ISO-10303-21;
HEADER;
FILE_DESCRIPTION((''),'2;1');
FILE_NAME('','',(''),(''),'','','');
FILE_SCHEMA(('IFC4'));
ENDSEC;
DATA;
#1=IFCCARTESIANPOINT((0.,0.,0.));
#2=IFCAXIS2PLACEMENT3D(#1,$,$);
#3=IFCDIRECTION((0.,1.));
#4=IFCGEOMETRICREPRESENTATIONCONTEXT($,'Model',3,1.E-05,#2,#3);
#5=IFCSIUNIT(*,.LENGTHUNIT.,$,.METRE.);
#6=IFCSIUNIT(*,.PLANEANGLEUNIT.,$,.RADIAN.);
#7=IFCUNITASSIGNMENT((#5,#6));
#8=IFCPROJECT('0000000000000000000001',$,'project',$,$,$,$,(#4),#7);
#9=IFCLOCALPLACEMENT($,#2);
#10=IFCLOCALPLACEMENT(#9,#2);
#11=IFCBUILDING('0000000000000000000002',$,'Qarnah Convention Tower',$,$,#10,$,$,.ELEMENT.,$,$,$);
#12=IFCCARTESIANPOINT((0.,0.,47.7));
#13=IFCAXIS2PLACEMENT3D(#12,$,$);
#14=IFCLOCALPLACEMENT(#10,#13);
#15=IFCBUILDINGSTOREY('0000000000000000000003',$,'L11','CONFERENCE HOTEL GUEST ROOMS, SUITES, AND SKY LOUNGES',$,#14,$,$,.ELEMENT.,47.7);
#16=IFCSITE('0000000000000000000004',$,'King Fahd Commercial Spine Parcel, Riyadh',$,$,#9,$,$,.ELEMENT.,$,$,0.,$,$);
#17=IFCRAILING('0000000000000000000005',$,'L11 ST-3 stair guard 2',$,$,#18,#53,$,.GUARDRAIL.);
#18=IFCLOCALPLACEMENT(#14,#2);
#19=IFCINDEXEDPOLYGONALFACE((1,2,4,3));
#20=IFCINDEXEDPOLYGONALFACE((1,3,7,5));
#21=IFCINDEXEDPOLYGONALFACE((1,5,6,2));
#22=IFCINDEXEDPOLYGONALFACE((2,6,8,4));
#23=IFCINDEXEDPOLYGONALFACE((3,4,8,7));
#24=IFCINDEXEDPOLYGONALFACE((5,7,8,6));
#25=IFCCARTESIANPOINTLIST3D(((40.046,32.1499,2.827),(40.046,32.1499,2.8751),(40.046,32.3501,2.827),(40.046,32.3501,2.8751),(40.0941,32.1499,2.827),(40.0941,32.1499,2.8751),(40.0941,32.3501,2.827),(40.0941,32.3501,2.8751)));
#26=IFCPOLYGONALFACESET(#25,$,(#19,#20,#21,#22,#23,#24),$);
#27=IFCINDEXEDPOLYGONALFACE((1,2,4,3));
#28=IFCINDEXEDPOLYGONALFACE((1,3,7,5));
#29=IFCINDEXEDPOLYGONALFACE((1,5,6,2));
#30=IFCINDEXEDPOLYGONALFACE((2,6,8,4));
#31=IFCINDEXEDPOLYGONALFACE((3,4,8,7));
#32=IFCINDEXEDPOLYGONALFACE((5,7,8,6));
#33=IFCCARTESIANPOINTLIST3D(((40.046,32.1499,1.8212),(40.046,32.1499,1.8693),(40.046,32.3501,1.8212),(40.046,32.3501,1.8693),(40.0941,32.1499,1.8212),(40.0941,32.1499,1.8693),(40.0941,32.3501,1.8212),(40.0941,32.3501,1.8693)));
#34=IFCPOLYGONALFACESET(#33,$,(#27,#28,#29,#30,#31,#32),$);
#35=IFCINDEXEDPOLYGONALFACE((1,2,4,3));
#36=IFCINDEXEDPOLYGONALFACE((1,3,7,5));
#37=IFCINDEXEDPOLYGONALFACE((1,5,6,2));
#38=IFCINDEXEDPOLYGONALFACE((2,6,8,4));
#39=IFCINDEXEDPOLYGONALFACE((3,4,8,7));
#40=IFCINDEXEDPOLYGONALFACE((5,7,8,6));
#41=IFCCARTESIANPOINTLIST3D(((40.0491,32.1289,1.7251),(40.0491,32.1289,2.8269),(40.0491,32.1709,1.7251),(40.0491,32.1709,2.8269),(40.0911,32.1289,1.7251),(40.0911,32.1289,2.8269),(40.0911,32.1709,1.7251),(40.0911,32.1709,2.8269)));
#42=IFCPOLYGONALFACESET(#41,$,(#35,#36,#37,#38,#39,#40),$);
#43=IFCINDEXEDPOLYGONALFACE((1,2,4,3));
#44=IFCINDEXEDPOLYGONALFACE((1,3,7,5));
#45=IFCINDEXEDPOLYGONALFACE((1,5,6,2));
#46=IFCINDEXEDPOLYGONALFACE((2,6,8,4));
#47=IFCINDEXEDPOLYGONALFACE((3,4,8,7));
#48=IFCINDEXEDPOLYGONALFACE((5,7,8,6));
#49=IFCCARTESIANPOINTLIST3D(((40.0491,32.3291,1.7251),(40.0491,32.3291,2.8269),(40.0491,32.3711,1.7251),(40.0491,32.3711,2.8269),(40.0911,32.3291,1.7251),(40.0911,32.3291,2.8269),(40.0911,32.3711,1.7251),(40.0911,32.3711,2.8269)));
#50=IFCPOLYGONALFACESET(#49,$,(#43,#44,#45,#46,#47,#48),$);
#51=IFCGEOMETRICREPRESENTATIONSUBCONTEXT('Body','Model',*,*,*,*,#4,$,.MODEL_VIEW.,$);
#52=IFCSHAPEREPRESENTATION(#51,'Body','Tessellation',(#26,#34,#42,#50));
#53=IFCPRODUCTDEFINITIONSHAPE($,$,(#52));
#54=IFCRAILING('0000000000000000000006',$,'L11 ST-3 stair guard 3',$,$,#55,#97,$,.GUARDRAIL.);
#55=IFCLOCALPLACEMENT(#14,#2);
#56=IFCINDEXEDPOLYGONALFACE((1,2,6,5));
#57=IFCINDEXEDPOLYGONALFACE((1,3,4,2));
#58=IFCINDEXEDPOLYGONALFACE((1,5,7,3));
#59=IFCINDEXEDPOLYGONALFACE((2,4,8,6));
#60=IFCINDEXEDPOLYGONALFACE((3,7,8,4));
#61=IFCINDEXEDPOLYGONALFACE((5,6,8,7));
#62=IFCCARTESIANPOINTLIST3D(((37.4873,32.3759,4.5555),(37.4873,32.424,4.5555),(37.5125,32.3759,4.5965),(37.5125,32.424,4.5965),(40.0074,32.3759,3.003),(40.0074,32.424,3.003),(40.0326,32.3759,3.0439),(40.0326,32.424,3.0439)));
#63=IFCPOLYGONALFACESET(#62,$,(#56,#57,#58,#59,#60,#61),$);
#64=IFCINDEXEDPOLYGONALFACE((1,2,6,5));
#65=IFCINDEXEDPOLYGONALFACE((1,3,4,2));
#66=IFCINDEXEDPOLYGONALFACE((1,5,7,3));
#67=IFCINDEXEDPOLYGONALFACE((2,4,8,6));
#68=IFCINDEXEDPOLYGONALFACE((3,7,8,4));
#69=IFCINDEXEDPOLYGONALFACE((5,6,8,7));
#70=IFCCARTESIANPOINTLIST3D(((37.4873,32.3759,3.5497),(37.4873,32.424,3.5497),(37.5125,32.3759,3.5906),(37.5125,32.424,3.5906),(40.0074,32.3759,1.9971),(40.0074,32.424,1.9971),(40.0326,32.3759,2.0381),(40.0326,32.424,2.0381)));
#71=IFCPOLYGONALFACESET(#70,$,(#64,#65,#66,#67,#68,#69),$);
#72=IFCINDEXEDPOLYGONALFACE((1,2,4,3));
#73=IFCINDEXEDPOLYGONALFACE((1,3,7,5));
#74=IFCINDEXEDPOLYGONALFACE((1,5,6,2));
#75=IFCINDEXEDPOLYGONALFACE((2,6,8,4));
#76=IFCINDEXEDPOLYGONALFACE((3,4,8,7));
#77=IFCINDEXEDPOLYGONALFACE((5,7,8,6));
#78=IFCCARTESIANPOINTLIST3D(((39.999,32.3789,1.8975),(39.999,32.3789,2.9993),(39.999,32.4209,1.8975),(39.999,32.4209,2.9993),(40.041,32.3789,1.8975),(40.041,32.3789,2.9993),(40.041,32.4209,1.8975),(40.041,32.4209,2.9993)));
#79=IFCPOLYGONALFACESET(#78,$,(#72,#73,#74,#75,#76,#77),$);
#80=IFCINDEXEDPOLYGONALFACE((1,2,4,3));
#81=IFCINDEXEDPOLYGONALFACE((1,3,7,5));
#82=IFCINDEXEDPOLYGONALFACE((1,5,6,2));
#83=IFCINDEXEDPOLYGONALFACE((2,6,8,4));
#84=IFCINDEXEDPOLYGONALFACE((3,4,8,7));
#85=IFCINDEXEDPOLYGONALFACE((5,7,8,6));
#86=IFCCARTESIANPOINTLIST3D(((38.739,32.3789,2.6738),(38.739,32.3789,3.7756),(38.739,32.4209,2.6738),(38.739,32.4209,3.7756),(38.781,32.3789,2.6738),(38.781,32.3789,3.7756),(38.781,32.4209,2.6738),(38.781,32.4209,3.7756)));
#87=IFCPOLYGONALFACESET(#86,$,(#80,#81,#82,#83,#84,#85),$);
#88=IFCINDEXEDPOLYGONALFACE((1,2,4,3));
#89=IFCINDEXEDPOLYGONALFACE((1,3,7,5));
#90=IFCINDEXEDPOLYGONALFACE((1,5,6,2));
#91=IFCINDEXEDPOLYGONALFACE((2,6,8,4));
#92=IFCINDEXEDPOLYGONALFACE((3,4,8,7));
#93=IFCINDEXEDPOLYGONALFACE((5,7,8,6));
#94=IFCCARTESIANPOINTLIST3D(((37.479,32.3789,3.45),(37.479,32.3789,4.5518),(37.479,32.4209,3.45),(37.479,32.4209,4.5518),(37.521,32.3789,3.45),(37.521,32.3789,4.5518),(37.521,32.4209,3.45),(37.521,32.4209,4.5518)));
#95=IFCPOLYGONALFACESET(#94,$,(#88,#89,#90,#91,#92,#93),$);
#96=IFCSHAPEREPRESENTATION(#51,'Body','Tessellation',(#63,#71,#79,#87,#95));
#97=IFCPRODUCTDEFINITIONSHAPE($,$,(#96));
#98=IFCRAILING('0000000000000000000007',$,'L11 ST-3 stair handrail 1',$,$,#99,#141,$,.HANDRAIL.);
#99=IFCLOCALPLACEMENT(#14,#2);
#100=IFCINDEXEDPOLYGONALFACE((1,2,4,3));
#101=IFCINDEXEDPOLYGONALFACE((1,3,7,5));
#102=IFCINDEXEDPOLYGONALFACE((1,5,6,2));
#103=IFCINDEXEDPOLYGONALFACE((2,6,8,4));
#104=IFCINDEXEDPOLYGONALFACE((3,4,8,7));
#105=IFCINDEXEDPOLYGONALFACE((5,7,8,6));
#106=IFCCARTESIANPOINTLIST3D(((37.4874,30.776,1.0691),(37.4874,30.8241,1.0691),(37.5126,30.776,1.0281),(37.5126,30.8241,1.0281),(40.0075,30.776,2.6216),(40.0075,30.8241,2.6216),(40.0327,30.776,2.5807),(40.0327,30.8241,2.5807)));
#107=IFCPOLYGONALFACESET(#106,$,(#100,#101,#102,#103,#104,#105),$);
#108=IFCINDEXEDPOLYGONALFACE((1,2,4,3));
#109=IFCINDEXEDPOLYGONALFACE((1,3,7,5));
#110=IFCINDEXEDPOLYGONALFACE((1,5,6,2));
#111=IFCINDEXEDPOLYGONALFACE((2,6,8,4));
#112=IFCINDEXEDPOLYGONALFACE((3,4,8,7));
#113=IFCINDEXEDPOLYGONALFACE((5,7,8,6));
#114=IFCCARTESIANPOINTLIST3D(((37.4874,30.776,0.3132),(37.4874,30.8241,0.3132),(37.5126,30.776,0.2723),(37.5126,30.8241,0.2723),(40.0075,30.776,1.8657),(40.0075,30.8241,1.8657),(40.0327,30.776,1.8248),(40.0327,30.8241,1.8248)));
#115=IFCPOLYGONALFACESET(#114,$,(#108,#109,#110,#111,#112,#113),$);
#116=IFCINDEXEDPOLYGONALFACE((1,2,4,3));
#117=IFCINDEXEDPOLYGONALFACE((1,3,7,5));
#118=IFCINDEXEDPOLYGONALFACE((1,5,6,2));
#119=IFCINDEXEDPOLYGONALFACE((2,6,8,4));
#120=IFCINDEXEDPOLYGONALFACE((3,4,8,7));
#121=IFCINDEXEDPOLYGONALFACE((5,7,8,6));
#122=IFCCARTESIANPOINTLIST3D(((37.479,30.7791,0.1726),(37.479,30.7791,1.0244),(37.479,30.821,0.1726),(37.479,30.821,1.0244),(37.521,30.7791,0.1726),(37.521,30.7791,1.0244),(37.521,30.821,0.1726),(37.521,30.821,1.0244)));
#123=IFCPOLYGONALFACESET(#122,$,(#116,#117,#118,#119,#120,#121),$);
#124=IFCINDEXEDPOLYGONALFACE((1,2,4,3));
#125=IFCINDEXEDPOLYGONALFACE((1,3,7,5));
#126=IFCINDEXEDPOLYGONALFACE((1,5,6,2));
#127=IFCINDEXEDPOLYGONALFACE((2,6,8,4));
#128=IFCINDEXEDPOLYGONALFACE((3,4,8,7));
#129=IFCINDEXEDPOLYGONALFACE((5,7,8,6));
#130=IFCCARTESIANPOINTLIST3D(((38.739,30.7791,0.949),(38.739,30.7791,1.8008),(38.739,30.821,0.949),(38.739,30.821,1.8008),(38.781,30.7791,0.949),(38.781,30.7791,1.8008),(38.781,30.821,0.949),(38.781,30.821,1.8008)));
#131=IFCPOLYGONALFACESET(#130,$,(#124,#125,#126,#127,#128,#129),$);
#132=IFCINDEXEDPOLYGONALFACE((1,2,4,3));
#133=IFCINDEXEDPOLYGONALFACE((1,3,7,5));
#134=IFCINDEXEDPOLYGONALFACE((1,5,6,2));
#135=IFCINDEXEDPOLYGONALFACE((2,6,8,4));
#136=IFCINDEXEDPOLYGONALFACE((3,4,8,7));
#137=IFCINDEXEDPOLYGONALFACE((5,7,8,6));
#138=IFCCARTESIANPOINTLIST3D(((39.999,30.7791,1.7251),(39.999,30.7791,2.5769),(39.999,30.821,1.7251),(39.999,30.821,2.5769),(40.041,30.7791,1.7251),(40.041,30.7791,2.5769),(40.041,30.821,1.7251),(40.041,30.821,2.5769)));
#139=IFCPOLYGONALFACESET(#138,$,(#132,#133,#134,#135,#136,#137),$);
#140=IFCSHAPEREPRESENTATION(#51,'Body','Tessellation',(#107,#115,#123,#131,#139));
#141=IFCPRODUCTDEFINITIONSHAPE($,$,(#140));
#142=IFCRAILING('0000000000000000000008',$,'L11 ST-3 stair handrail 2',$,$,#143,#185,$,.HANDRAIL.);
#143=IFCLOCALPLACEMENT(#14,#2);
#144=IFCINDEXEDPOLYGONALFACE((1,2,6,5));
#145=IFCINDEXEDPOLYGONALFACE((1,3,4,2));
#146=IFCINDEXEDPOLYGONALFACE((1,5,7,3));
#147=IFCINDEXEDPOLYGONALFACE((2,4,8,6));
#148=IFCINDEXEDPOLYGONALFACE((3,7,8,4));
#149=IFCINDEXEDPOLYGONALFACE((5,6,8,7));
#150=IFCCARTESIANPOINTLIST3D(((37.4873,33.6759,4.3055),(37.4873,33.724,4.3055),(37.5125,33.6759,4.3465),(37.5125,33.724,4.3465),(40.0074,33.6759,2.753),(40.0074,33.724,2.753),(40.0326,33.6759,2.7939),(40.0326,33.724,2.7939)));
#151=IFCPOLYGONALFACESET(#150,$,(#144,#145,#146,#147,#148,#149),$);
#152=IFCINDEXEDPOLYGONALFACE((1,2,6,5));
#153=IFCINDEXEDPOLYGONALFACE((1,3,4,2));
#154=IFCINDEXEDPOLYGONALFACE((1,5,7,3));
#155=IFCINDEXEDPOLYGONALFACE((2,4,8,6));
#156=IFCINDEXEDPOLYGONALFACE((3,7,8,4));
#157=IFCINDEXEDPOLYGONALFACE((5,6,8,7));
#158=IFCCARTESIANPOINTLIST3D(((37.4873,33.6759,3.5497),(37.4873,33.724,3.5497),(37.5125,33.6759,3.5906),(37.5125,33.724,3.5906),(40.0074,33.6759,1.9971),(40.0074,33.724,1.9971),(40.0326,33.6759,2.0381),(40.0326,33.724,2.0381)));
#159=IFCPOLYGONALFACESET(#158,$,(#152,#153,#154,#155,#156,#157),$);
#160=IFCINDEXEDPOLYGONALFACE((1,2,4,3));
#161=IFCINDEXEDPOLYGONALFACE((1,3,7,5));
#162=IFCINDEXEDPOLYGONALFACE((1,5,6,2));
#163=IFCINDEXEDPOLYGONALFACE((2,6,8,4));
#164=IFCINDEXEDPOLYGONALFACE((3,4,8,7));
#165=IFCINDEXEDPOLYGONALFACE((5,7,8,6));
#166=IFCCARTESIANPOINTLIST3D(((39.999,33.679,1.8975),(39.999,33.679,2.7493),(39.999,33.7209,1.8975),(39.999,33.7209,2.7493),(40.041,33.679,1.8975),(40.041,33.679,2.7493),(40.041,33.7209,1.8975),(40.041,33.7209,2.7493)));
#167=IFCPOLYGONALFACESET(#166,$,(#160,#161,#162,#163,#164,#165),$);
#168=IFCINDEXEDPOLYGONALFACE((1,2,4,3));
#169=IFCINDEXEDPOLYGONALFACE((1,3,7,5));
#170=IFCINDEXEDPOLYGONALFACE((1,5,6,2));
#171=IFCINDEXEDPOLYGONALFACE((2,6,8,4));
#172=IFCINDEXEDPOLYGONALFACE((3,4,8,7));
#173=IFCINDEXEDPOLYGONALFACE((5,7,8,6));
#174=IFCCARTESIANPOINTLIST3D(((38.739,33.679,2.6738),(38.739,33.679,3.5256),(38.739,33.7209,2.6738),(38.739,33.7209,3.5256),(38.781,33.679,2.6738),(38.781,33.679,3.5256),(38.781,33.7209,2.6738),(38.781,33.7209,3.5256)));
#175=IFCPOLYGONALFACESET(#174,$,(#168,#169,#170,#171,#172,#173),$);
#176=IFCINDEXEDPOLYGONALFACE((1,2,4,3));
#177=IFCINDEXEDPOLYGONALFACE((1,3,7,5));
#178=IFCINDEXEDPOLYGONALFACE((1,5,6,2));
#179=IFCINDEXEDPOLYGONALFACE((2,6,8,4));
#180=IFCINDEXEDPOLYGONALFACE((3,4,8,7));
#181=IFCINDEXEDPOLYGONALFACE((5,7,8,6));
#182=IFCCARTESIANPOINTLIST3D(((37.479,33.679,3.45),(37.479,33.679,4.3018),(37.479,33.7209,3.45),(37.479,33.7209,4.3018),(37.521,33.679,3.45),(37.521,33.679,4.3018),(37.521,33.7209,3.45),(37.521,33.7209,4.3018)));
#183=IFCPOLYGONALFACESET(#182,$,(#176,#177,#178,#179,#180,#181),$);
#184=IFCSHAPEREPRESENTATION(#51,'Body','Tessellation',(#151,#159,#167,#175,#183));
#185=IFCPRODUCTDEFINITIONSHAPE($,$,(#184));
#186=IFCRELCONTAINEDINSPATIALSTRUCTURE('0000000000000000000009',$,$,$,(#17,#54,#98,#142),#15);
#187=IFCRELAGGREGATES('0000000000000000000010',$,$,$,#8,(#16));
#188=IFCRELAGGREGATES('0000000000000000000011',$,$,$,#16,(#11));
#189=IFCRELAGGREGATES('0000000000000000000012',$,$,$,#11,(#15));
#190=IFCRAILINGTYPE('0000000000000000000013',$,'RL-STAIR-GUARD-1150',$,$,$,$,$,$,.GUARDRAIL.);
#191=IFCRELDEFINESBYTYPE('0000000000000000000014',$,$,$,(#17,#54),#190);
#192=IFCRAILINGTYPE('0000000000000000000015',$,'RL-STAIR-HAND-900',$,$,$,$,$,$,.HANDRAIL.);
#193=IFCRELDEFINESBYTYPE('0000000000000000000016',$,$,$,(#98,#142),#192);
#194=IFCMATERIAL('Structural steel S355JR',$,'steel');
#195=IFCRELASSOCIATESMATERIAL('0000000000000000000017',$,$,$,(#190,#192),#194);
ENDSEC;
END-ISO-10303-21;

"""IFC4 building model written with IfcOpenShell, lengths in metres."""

from ifc_helpers import new_model, si_unit, direction, frame, origin, origin_2d, place, context, subcontext, project, spatial, rectangle, extrude, material, type_object, element, save


model = new_model("IFC4")

# Units and contexts
model_context = context("Model", 3, precision=1e-05, world=origin(), true_north=direction((0.0, 1.0)))
body_context = subcontext(model_context, "Body", "Model", "MODEL_VIEW")
ifc_project = project(units=[si_unit("LENGTHUNIT", "METRE"), si_unit("PLANEANGLEUNIT", "RADIAN")], contexts=[model_context])

# Site, building, storey
site_placement = place(None, origin())
site = spatial("IfcSite", under=ifc_project, at=site_placement, Name="King Fahd Commercial Spine Parcel, Riyadh", CompositionType="ELEMENT", RefElevation=0.0)
building_placement = place(site_placement, origin())
building = spatial("IfcBuilding", under=site, at=building_placement, Name="Qarnah Convention Tower", CompositionType="ELEMENT")
storey_placement = place(building_placement, frame((0.0, 0.0, 47.7)))
storey = spatial("IfcBuildingStorey", under=building, at=storey_placement, Name="L11", Description="CONFERENCE HOTEL GUEST ROOMS, SUITES, AND SKY LOUNGES", CompositionType="ELEMENT", Elevation=47.7)

# Shared definitions
ifc_material_1 = material(Name="Structural steel S355JR", Category="steel")

# Railings
railing_type_1 = type_object("IfcRailingType", Name="RL-STAIR-GUARD-1150", PredefinedType="GUARDRAIL", material=ifc_material_1)
railing_1_placement = place(storey_placement, frame((40.0701, 32.1499, 1.7251)))
element("IfcRailing", 1, at=railing_1_placement, inside=storey, type_object=railing_type_1, Name="L11 ST-3 stair guard 2", PredefinedType="GUARDRAIL", context=body_context, shape_type="SweptSolid", body=[
    extrude(rectangle(XDim=0.0481, YDim=0.0481, at=origin_2d()), frame((0.0, 0.0, 1.126), z_axis=(0.0, 1.0, 0.0), x_axis=(-1.0, 0.0, 0.0)), (0.0, 0.0, 1.0), 0.2002),
    extrude(rectangle(XDim=0.0481, YDim=0.0481, at=origin_2d()), frame((0.0, 0.0, 0.1201), z_axis=(0.0, 1.0, 0.0), x_axis=(-1.0, 0.0, 0.0)), (0.0, 0.0, 1.0), 0.2002),
    extrude(rectangle(XDim=0.042, YDim=0.042, at=origin_2d()), origin(), (0.0, 0.0, 1.0), 1.1018),
    extrude(rectangle(XDim=0.042, YDim=0.042, at=origin_2d()), frame((0.0, 0.2002, 0.0)), (0.0, 0.0, 1.0), 1.1018),
])
railing_2_placement = place(storey_placement, frame((40.02, 32.3999, 1.8975)))
element("IfcRailing", 2, at=railing_2_placement, inside=storey, type_object=railing_type_1, Name="L11 ST-3 stair guard 3", PredefinedType="GUARDRAIL", context=body_context, shape_type="SweptSolid", body=[
    extrude(rectangle(XDim=0.0481, YDim=0.0481, at=origin_2d()), frame((0.0, 0.0, 1.126), z_axis=(-0.8514, 0.0, 0.524516), x_axis=(0.0, -1.0, 0.0)), (0.0, 0.0, 1.0), 2.96),
    extrude(rectangle(XDim=0.0481, YDim=0.0481, at=origin_2d()), frame((0.0, 0.0, 0.1201), z_axis=(-0.8514, 0.0, 0.524516), x_axis=(0.0, -1.0, 0.0)), (0.0, 0.0, 1.0), 2.96),
    extrude(rectangle(XDim=0.042, YDim=0.042, at=origin_2d()), origin(), (0.0, 0.0, 1.0), 1.1018),
    extrude(rectangle(XDim=0.042, YDim=0.042, at=origin_2d()), frame((-1.26, 0.0, 0.7764)), (0.0, 0.0, 1.0), 1.1018),
    extrude(rectangle(XDim=0.042, YDim=0.042, at=origin_2d()), frame((-2.52, 0.0, 1.5525)), (0.0, 0.0, 1.0), 1.1018),
])
railing_type_2 = type_object("IfcRailingType", Name="RL-STAIR-HAND-900", PredefinedType="HANDRAIL", material=ifc_material_1)
railing_3_placement = place(storey_placement, frame((37.5, 30.8, 0.1726)))
element("IfcRailing", 3, at=railing_3_placement, inside=storey, type_object=railing_type_2, Name="L11 ST-3 stair handrail 1", PredefinedType="HANDRAIL", context=body_context, shape_type="SweptSolid", body=[
    extrude(rectangle(XDim=0.0481, YDim=0.0481, at=origin_2d()), frame((0.0, 0.0, 0.876), z_axis=(0.8514, 0.0, 0.524516), x_axis=(0.0, 1.0, 0.0)), (0.0, 0.0, 1.0), 2.96),
    extrude(rectangle(XDim=0.0481, YDim=0.0481, at=origin_2d()), frame((0.0, 0.0, 0.1201), z_axis=(0.8514, 0.0, 0.524516), x_axis=(0.0, 1.0, 0.0)), (0.0, 0.0, 1.0), 2.96),
    extrude(rectangle(XDim=0.042, YDim=0.042, at=origin_2d()), origin(), (0.0, 0.0, 1.0), 0.8518),
    extrude(rectangle(XDim=0.042, YDim=0.042, at=origin_2d()), frame((1.26, 0.0, 0.7764)), (0.0, 0.0, 1.0), 0.8518),
    extrude(rectangle(XDim=0.042, YDim=0.042, at=origin_2d()), frame((2.52, 0.0, 1.5525)), (0.0, 0.0, 1.0), 0.8518),
])
railing_4_placement = place(storey_placement, frame((40.02, 33.7, 1.8975)))
element("IfcRailing", 4, at=railing_4_placement, inside=storey, type_object=railing_type_2, Name="L11 ST-3 stair handrail 2", PredefinedType="HANDRAIL", context=body_context, shape_type="SweptSolid", body=[
    extrude(rectangle(XDim=0.0481, YDim=0.0481, at=origin_2d()), frame((0.0, 0.0, 0.876), z_axis=(-0.8514, 0.0, 0.524516), x_axis=(0.0, -1.0, 0.0)), (0.0, 0.0, 1.0), 2.96),
    extrude(rectangle(XDim=0.0481, YDim=0.0481, at=origin_2d()), frame((0.0, 0.0, 0.1201), z_axis=(-0.8514, 0.0, 0.524516), x_axis=(0.0, -1.0, 0.0)), (0.0, 0.0, 1.0), 2.96),
    extrude(rectangle(XDim=0.042, YDim=0.042, at=origin_2d()), origin(), (0.0, 0.0, 1.0), 0.8518),
    extrude(rectangle(XDim=0.042, YDim=0.042, at=origin_2d()), frame((-1.26, 0.0, 0.7764)), (0.0, 0.0, 1.0), 0.8518),
    extrude(rectangle(XDim=0.042, YDim=0.042, at=origin_2d()), frame((-2.52, 0.0, 1.5525)), (0.0, 0.0, 1.0), 0.8518),
])

save(model, "model.ifc")
